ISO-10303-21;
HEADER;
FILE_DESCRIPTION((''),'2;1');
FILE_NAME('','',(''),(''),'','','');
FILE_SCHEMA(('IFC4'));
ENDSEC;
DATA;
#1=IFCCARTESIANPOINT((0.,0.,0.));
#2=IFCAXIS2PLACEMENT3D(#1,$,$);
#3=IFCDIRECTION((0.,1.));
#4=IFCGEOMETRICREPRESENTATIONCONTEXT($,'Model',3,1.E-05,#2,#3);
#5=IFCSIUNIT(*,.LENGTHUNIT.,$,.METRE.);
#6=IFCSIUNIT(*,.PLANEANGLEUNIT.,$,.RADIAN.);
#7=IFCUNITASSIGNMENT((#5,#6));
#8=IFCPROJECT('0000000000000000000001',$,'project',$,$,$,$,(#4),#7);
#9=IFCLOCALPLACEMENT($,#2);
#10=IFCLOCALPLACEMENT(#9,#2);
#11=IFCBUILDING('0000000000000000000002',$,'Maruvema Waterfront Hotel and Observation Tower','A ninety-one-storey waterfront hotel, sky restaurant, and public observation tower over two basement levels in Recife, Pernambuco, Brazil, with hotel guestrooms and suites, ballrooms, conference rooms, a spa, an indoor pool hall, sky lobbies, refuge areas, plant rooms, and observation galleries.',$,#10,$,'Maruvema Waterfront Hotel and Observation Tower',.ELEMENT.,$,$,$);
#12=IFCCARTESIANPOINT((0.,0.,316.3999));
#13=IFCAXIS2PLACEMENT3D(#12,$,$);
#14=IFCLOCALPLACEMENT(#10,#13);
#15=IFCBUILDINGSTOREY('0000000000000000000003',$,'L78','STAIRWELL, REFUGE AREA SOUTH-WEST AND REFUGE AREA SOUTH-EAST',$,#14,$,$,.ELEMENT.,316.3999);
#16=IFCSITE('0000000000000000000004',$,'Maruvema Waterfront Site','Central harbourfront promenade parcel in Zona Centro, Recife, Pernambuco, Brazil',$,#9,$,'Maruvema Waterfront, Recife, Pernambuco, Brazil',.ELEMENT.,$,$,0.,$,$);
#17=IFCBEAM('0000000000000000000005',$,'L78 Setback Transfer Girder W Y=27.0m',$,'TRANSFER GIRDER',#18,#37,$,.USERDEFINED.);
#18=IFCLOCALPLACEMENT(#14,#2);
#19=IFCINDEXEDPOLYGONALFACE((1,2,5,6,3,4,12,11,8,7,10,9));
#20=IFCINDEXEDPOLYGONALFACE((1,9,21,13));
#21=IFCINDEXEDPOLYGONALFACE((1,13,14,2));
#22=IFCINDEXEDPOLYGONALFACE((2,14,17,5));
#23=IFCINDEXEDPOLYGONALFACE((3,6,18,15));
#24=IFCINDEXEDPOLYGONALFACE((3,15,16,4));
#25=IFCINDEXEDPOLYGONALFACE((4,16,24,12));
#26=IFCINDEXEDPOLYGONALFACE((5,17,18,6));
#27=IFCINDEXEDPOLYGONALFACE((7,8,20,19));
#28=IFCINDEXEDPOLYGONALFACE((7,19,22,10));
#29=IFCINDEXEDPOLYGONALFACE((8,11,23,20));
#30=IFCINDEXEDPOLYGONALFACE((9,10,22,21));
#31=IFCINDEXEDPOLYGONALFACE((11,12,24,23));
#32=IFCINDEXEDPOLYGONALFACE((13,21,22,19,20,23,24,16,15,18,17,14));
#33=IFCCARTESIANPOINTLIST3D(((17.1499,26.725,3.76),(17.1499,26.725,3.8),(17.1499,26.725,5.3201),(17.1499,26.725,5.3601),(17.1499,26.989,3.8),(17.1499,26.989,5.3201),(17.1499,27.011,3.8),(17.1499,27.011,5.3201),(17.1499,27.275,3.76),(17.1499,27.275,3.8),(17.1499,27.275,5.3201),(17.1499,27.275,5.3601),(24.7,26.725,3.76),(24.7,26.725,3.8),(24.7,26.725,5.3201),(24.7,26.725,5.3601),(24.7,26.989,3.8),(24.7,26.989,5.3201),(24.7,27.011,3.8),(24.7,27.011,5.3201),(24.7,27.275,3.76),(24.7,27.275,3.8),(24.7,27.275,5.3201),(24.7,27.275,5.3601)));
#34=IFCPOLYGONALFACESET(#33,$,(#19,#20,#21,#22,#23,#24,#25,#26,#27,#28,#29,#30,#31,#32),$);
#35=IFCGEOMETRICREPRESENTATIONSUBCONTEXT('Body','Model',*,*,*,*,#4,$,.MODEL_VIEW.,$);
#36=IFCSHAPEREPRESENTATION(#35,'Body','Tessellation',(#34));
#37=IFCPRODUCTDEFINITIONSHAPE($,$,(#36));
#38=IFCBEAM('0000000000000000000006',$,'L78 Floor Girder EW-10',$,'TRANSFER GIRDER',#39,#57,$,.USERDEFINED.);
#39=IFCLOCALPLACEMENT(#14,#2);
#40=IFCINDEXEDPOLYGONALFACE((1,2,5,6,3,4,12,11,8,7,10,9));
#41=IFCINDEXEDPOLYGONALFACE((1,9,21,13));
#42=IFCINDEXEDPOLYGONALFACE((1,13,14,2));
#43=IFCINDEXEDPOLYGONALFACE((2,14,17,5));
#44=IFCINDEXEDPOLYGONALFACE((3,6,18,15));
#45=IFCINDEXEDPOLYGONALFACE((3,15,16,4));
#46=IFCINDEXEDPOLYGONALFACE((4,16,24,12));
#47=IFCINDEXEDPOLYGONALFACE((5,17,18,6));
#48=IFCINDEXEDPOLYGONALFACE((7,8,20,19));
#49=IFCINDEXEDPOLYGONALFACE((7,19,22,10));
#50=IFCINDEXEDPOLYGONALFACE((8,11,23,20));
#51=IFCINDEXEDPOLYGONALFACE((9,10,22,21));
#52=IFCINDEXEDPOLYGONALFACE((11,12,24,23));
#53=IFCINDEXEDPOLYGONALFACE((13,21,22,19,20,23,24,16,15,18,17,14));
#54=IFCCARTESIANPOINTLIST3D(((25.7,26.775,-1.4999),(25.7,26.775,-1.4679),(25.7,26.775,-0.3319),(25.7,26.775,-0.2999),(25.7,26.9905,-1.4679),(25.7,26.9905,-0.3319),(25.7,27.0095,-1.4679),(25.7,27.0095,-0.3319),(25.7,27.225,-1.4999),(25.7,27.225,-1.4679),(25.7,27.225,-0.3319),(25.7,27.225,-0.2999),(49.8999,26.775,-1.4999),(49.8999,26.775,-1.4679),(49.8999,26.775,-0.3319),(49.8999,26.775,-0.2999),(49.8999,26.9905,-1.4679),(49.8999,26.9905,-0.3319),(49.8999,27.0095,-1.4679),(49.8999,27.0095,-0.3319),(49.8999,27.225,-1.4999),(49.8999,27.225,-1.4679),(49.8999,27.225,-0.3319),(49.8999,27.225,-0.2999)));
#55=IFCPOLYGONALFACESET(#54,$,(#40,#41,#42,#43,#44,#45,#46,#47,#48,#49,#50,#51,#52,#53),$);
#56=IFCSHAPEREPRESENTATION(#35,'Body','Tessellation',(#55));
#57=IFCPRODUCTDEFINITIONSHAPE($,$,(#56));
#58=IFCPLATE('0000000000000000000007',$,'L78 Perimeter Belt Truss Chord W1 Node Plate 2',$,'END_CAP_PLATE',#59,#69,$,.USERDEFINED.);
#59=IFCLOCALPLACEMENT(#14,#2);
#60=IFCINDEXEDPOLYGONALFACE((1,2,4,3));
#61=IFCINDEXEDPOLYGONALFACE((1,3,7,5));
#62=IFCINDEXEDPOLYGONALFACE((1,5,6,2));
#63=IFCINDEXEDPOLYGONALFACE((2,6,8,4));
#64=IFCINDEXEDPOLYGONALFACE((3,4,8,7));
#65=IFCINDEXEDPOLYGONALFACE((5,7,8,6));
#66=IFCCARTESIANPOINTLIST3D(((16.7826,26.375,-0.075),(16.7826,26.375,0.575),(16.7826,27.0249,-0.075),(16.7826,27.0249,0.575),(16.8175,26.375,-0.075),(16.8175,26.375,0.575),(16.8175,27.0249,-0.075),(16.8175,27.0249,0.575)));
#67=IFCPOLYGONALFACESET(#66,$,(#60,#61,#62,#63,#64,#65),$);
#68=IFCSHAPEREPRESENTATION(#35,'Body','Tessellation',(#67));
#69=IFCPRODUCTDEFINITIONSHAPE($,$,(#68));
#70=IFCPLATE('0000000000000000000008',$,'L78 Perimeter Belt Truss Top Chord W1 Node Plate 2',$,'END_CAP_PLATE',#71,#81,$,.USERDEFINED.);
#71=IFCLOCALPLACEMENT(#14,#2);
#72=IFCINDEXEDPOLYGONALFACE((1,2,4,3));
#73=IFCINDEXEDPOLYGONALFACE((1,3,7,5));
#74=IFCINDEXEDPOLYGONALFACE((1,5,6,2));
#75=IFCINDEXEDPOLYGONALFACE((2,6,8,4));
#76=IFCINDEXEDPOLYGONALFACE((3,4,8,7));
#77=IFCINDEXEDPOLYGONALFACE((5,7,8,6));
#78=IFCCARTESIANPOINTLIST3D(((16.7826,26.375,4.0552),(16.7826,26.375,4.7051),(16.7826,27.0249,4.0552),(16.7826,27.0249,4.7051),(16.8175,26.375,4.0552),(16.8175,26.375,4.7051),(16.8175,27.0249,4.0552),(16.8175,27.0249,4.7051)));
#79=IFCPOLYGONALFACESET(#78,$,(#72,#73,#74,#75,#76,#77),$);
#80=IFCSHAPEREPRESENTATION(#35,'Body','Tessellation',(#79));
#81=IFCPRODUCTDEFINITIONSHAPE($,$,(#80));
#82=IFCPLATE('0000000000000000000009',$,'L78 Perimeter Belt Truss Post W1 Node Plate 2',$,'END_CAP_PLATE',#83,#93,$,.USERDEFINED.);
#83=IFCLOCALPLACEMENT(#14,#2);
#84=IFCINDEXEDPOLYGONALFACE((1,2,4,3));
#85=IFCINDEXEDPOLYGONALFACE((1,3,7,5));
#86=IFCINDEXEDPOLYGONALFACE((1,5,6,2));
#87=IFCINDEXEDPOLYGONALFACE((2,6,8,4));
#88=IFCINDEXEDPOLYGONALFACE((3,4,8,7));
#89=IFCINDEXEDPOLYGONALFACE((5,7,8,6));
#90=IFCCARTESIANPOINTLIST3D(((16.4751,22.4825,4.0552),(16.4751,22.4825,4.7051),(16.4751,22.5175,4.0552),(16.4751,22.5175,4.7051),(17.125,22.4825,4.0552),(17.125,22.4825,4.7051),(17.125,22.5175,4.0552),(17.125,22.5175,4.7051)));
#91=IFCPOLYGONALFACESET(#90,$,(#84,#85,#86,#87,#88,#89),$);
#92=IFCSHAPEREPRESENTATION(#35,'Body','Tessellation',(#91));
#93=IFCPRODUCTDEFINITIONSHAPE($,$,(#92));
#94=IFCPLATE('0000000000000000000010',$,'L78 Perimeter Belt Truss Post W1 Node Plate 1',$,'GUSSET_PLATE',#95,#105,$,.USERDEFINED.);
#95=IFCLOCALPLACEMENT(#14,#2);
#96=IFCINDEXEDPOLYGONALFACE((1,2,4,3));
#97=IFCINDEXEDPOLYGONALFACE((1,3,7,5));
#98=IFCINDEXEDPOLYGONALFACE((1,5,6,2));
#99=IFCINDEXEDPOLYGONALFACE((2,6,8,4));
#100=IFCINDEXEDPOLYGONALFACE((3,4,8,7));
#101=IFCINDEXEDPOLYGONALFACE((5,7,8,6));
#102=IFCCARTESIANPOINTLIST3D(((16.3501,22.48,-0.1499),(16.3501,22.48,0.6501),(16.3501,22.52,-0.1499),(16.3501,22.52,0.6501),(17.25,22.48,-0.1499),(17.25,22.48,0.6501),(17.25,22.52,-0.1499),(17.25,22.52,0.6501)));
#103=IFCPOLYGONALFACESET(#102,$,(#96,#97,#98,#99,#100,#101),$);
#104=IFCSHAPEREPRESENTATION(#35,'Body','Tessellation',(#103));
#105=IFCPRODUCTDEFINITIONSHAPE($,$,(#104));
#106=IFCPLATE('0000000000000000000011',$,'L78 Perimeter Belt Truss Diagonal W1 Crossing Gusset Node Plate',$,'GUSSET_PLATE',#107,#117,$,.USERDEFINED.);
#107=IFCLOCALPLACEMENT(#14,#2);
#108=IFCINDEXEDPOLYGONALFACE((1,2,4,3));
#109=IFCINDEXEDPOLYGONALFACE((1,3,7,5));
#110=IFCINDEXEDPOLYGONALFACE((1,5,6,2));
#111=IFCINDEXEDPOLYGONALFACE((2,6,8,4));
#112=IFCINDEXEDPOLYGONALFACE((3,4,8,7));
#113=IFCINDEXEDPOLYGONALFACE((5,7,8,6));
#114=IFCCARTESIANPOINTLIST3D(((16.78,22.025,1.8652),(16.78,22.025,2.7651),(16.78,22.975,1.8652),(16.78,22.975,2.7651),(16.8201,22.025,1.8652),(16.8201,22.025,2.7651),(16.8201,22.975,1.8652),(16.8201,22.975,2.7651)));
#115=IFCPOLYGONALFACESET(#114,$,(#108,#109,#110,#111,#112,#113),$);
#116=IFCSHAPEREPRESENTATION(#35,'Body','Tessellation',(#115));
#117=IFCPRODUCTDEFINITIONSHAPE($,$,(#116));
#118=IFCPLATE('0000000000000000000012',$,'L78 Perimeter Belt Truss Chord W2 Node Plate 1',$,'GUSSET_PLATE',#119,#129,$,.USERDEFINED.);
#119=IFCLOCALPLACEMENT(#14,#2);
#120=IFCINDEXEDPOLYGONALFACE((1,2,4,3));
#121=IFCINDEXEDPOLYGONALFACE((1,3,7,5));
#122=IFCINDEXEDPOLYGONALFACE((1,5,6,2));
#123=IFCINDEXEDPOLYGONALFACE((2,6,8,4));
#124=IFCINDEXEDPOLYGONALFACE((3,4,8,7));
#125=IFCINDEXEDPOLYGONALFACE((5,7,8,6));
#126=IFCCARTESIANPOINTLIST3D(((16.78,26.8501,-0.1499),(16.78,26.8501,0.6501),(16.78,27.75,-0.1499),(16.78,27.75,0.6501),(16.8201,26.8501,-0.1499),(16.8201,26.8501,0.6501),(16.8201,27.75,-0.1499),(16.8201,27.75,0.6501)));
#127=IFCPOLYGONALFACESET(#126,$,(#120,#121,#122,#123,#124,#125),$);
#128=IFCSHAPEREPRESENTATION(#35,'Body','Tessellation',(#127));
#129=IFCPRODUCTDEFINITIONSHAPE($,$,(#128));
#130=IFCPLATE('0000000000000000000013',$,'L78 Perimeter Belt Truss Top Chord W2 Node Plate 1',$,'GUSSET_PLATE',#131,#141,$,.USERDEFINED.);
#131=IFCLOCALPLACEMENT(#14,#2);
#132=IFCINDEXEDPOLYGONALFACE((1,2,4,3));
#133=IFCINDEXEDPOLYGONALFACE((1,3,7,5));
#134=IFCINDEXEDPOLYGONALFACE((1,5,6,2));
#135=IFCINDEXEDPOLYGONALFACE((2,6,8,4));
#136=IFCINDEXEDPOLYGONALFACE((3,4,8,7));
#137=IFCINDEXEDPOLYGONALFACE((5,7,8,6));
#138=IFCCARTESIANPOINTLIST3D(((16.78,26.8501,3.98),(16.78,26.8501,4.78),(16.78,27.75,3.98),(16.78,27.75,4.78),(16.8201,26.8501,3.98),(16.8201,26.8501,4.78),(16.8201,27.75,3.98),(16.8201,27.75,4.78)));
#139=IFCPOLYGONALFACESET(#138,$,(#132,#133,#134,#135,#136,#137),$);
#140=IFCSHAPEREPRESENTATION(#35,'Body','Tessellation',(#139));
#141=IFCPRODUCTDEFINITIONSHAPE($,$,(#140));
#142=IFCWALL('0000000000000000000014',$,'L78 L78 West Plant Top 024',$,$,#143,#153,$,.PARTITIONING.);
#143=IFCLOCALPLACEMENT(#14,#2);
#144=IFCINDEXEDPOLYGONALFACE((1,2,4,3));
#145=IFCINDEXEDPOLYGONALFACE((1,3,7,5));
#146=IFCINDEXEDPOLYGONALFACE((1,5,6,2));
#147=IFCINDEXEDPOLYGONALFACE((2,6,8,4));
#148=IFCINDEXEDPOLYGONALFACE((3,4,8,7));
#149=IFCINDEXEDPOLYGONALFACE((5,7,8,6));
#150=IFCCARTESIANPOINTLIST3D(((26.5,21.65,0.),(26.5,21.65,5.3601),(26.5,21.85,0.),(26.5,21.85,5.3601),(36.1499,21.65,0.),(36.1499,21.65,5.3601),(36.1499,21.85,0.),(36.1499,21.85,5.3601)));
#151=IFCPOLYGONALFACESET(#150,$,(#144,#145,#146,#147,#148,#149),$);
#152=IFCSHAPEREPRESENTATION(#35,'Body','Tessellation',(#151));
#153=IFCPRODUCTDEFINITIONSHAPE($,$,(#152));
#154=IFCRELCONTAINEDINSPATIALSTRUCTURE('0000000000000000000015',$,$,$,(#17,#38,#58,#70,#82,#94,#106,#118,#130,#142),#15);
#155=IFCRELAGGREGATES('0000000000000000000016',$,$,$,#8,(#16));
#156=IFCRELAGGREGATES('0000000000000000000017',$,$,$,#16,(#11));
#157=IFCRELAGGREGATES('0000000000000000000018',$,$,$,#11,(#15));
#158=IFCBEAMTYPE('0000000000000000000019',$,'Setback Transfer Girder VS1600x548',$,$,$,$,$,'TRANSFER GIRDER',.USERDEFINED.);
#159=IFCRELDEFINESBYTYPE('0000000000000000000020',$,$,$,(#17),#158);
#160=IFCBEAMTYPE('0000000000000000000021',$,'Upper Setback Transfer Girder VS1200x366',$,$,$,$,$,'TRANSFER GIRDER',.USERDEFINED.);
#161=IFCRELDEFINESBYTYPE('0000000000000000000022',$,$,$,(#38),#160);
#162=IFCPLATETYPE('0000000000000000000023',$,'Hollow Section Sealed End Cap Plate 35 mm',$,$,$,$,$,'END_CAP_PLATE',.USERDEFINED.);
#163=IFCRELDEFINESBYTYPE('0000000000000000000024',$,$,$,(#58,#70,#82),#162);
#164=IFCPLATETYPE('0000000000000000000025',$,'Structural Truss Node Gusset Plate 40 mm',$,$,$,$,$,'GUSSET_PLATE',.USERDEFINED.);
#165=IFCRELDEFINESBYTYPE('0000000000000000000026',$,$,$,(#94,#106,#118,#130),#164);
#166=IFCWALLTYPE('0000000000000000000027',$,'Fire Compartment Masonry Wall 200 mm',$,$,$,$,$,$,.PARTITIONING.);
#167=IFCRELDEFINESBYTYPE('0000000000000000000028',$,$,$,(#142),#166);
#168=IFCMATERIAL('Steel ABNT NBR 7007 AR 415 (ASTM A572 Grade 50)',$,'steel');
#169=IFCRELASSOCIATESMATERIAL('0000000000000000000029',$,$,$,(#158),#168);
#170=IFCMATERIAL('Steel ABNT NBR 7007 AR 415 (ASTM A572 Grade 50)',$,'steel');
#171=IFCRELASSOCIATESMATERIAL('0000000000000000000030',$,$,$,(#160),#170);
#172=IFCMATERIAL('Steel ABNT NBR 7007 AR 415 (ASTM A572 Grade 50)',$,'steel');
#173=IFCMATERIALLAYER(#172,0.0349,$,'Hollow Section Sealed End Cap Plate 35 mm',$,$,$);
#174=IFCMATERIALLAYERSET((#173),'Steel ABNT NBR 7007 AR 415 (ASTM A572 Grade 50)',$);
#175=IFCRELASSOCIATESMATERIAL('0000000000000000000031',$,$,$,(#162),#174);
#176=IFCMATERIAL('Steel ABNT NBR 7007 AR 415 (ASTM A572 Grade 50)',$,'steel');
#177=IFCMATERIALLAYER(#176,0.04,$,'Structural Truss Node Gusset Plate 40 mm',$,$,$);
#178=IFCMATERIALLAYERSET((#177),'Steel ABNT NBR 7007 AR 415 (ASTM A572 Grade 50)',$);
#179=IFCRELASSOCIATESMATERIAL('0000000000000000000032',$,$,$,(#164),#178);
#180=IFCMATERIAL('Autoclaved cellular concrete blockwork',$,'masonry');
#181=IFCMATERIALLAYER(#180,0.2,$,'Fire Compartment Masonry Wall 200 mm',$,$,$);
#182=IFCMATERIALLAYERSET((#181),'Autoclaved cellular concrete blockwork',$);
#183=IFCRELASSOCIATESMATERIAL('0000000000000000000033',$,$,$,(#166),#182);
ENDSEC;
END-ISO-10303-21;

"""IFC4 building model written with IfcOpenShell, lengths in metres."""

from ifc_helpers import new_model, si_unit, direction, frame, frame_2d, origin, origin_2d, place, context, subcontext, project, spatial, rectangle, i_section, extrude, material, layer, layer_set, material_profile, profile_set, type_object, element, save


model = new_model("IFC4")

# Units and contexts
model_context = context("Model", 3, precision=1e-05, world=origin(), true_north=direction((0.0, 1.0)))
body_context = subcontext(model_context, "Body", "Model", "MODEL_VIEW")
ifc_project = project(units=[si_unit("LENGTHUNIT", "METRE"), si_unit("PLANEANGLEUNIT", "RADIAN")], contexts=[model_context])

# Site, building, storey
site_placement = place(None, origin())
site = spatial("IfcSite", under=ifc_project, at=site_placement, Name="Maruvema Waterfront Site", Description="Central harbourfront promenade parcel in Zona Centro, Recife, Pernambuco, Brazil", LongName="Maruvema Waterfront, Recife, Pernambuco, Brazil", CompositionType="ELEMENT", RefElevation=0.0)
building_placement = place(site_placement, origin())
building = spatial("IfcBuilding", under=site, at=building_placement, Name="Maruvema Waterfront Hotel and Observation Tower", Description="A ninety-one-storey waterfront hotel, sky restaurant, and public observation tower over two basement levels in Recife, Pernambuco, Brazil, with hotel guestrooms and suites, ballrooms, conference rooms, a spa, an indoor pool hall, sky lobbies, refuge areas, plant rooms, and observation galleries.", LongName="Maruvema Waterfront Hotel and Observation Tower", CompositionType="ELEMENT")
storey_placement = place(building_placement, frame((0.0, 0.0, 316.3999)))
storey = spatial("IfcBuildingStorey", under=building, at=storey_placement, Name="L78", Description="STAIRWELL, REFUGE AREA SOUTH-WEST AND REFUGE AREA SOUTH-EAST", CompositionType="ELEMENT", Elevation=316.3999)

# Beams
ifc_material_1 = material(Name="Steel ABNT NBR 7007 AR 415 (ASTM A572 Grade 50)", Category="steel")
ifc_material_profile_1 = material_profile(ifc_material_1, i_section(OverallWidth=0.55, OverallDepth=1.6001, WebThickness=0.022, FlangeThickness=0.04, at=origin_2d()), Name="VS1600x548")
ifc_profile_set_1 = profile_set([ifc_material_profile_1], Name="Steel ABNT NBR 7007 AR 415 (ASTM A572 Grade 50)")
beam_type_1 = type_object("IfcBeamType", Name="Setback Transfer Girder VS1600x548", ElementType="TRANSFER GIRDER", PredefinedType="USERDEFINED", material=ifc_profile_set_1)
beam_1_placement = place(storey_placement, frame((17.1499, 27.0, 4.5601), z_axis=(1.0, 0.0, 0.0), x_axis=(0.0, 1.0, 0.0)))
element("IfcBeam", 1, at=beam_1_placement, inside=storey, type_object=beam_type_1, Name="L78 Setback Transfer Girder W Y=27.0m", ObjectType="TRANSFER GIRDER", PredefinedType="USERDEFINED", context=body_context, shape_type="SweptSolid", body=[
    extrude(i_section(OverallWidth=0.55, OverallDepth=1.6001, WebThickness=0.022, FlangeThickness=0.04, at=origin_2d()), origin(), (0.0, 0.0, 1.0), 7.55),
])
ifc_material_2 = material(Name="Steel ABNT NBR 7007 AR 415 (ASTM A572 Grade 50)", Category="steel")
ifc_material_profile_2 = material_profile(ifc_material_2, i_section(OverallWidth=0.45, OverallDepth=1.2, WebThickness=0.019, FlangeThickness=0.032, at=origin_2d()), Name="VS1200x366")
ifc_profile_set_2 = profile_set([ifc_material_profile_2], Name="Steel ABNT NBR 7007 AR 415 (ASTM A572 Grade 50)")
beam_type_2 = type_object("IfcBeamType", Name="Upper Setback Transfer Girder VS1200x366", ElementType="TRANSFER GIRDER", PredefinedType="USERDEFINED", material=ifc_profile_set_2)
beam_2_placement = place(storey_placement, frame((25.7, 27.0, -0.8999), z_axis=(1.0, 0.0, 0.0), x_axis=(0.0, 1.0, 0.0)))
element("IfcBeam", 2, at=beam_2_placement, inside=storey, type_object=beam_type_2, Name="L78 Floor Girder EW-10", ObjectType="TRANSFER GIRDER", PredefinedType="USERDEFINED", context=body_context, shape_type="SweptSolid", body=[
    extrude(i_section(OverallWidth=0.45, OverallDepth=1.2, WebThickness=0.019, FlangeThickness=0.032, at=origin_2d()), origin(), (0.0, 0.0, 1.0), 24.2),
])

# Plates
ifc_material_3 = material(Name="Steel ABNT NBR 7007 AR 415 (ASTM A572 Grade 50)", Category="steel")
ifc_layer_1 = layer(ifc_material_3, 0.0349, Name="Hollow Section Sealed End Cap Plate 35 mm")
ifc_layer_set_1 = layer_set([ifc_layer_1], Name="Steel ABNT NBR 7007 AR 415 (ASTM A572 Grade 50)")
plate_type_1 = type_object("IfcPlateType", Name="Hollow Section Sealed End Cap Plate 35 mm", ElementType="END_CAP_PLATE", PredefinedType="USERDEFINED", material=ifc_layer_set_1)
for number, where, z_axis, x_axis, name in (
    (3, (16.8, 26.7, -0.075), (0.0, 0.0, 1.0), (0.0, 1.0, 0.0), "L78 Perimeter Belt Truss Chord W1 Node Plate 2"),
    (4, (16.8, 26.7, 4.0552), (0.0, 0.0, 1.0), (0.0, 1.0, 0.0), "L78 Perimeter Belt Truss Top Chord W1 Node Plate 2"),
    (5, (16.8, 22.5, 4.0552), (0.0, 0.0, 1.0), (1.0, 0.0, 0.0), "L78 Perimeter Belt Truss Post W1 Node Plate 2"),
):
    element("IfcPlate", number, at=place(storey_placement, frame(where, z_axis=z_axis, x_axis=x_axis)), inside=storey, type_object=plate_type_1, Name=name, ObjectType="END_CAP_PLATE", PredefinedType="USERDEFINED", context=body_context, shape_type="SweptSolid", body=[
        extrude(rectangle(XDim=0.6499, YDim=0.0349, at=origin_2d()), origin(), (0.0, 0.0, 1.0), 0.6499),
    ])
ifc_material_4 = material(Name="Steel ABNT NBR 7007 AR 415 (ASTM A572 Grade 50)", Category="steel")
ifc_layer_2 = layer(ifc_material_4, 0.04, Name="Structural Truss Node Gusset Plate 40 mm")
ifc_layer_set_2 = layer_set([ifc_layer_2], Name="Steel ABNT NBR 7007 AR 415 (ASTM A572 Grade 50)")
plate_type_2 = type_object("IfcPlateType", Name="Structural Truss Node Gusset Plate 40 mm", ElementType="GUSSET_PLATE", PredefinedType="USERDEFINED", material=ifc_layer_set_2)
plate_1_placement = place(storey_placement, frame((16.8, 22.5, -0.1499), z_axis=(0.0, 0.0, 1.0), x_axis=(1.0, 0.0, 0.0)))
element("IfcPlate", 6, at=plate_1_placement, inside=storey, type_object=plate_type_2, Name="L78 Perimeter Belt Truss Post W1 Node Plate 1", ObjectType="GUSSET_PLATE", PredefinedType="USERDEFINED", context=body_context, shape_type="SweptSolid", body=[
    extrude(rectangle(XDim=0.8999, YDim=0.04, at=origin_2d()), origin(), (0.0, 0.0, 1.0), 0.8),
])
plate_2_placement = place(storey_placement, frame((16.8, 22.5, 1.8652), z_axis=(0.0, 0.0, 1.0), x_axis=(0.0, -1.0, 0.0)))
element("IfcPlate", 7, at=plate_2_placement, inside=storey, type_object=plate_type_2, Name="L78 Perimeter Belt Truss Diagonal W1 Crossing Gusset Node Plate", ObjectType="GUSSET_PLATE", PredefinedType="USERDEFINED", context=body_context, shape_type="SweptSolid", body=[
    extrude(rectangle(XDim=0.95, YDim=0.04, at=origin_2d()), origin(), (0.0, 0.0, 1.0), 0.8999),
])
for number, where, z_axis, x_axis, name in (
    (8, (16.8, 27.3, -0.1499), (0.0, 0.0, 1.0), (0.0, 1.0, 0.0), "L78 Perimeter Belt Truss Chord W2 Node Plate 1"),
    (9, (16.8, 27.3, 3.98), (0.0, 0.0, 1.0), (0.0, 1.0, 0.0), "L78 Perimeter Belt Truss Top Chord W2 Node Plate 1"),
):
    element("IfcPlate", number, at=place(storey_placement, frame(where, z_axis=z_axis, x_axis=x_axis)), inside=storey, type_object=plate_type_2, Name=name, ObjectType="GUSSET_PLATE", PredefinedType="USERDEFINED", context=body_context, shape_type="SweptSolid", body=[
        extrude(rectangle(XDim=0.8999, YDim=0.04, at=origin_2d()), origin(), (0.0, 0.0, 1.0), 0.8),
    ])

# Wall
ifc_material_5 = material(Name="Autoclaved cellular concrete blockwork", Category="masonry")
ifc_layer_3 = layer(ifc_material_5, 0.2, Name="Fire Compartment Masonry Wall 200 mm")
ifc_layer_set_3 = layer_set([ifc_layer_3], Name="Autoclaved cellular concrete blockwork")
wall_type = type_object("IfcWallType", Name="Fire Compartment Masonry Wall 200 mm", PredefinedType="PARTITIONING", material=ifc_layer_set_3)
wall_placement = place(storey_placement, frame((26.5, 21.75, 0.0), z_axis=(0.0, 0.0, 1.0), x_axis=(1.0, 0.0, 0.0)))
element("IfcWall", 10, at=wall_placement, inside=storey, type_object=wall_type, Name="L78 L78 West Plant Top 024", PredefinedType="PARTITIONING", context=body_context, shape_type="SweptSolid", body=[
    extrude(rectangle(XDim=9.6499, YDim=0.2, at=frame_2d((4.825, 0.0))), origin(), (0.0, 0.0, 1.0), 5.3601),
])

save(model, "model.ifc")
